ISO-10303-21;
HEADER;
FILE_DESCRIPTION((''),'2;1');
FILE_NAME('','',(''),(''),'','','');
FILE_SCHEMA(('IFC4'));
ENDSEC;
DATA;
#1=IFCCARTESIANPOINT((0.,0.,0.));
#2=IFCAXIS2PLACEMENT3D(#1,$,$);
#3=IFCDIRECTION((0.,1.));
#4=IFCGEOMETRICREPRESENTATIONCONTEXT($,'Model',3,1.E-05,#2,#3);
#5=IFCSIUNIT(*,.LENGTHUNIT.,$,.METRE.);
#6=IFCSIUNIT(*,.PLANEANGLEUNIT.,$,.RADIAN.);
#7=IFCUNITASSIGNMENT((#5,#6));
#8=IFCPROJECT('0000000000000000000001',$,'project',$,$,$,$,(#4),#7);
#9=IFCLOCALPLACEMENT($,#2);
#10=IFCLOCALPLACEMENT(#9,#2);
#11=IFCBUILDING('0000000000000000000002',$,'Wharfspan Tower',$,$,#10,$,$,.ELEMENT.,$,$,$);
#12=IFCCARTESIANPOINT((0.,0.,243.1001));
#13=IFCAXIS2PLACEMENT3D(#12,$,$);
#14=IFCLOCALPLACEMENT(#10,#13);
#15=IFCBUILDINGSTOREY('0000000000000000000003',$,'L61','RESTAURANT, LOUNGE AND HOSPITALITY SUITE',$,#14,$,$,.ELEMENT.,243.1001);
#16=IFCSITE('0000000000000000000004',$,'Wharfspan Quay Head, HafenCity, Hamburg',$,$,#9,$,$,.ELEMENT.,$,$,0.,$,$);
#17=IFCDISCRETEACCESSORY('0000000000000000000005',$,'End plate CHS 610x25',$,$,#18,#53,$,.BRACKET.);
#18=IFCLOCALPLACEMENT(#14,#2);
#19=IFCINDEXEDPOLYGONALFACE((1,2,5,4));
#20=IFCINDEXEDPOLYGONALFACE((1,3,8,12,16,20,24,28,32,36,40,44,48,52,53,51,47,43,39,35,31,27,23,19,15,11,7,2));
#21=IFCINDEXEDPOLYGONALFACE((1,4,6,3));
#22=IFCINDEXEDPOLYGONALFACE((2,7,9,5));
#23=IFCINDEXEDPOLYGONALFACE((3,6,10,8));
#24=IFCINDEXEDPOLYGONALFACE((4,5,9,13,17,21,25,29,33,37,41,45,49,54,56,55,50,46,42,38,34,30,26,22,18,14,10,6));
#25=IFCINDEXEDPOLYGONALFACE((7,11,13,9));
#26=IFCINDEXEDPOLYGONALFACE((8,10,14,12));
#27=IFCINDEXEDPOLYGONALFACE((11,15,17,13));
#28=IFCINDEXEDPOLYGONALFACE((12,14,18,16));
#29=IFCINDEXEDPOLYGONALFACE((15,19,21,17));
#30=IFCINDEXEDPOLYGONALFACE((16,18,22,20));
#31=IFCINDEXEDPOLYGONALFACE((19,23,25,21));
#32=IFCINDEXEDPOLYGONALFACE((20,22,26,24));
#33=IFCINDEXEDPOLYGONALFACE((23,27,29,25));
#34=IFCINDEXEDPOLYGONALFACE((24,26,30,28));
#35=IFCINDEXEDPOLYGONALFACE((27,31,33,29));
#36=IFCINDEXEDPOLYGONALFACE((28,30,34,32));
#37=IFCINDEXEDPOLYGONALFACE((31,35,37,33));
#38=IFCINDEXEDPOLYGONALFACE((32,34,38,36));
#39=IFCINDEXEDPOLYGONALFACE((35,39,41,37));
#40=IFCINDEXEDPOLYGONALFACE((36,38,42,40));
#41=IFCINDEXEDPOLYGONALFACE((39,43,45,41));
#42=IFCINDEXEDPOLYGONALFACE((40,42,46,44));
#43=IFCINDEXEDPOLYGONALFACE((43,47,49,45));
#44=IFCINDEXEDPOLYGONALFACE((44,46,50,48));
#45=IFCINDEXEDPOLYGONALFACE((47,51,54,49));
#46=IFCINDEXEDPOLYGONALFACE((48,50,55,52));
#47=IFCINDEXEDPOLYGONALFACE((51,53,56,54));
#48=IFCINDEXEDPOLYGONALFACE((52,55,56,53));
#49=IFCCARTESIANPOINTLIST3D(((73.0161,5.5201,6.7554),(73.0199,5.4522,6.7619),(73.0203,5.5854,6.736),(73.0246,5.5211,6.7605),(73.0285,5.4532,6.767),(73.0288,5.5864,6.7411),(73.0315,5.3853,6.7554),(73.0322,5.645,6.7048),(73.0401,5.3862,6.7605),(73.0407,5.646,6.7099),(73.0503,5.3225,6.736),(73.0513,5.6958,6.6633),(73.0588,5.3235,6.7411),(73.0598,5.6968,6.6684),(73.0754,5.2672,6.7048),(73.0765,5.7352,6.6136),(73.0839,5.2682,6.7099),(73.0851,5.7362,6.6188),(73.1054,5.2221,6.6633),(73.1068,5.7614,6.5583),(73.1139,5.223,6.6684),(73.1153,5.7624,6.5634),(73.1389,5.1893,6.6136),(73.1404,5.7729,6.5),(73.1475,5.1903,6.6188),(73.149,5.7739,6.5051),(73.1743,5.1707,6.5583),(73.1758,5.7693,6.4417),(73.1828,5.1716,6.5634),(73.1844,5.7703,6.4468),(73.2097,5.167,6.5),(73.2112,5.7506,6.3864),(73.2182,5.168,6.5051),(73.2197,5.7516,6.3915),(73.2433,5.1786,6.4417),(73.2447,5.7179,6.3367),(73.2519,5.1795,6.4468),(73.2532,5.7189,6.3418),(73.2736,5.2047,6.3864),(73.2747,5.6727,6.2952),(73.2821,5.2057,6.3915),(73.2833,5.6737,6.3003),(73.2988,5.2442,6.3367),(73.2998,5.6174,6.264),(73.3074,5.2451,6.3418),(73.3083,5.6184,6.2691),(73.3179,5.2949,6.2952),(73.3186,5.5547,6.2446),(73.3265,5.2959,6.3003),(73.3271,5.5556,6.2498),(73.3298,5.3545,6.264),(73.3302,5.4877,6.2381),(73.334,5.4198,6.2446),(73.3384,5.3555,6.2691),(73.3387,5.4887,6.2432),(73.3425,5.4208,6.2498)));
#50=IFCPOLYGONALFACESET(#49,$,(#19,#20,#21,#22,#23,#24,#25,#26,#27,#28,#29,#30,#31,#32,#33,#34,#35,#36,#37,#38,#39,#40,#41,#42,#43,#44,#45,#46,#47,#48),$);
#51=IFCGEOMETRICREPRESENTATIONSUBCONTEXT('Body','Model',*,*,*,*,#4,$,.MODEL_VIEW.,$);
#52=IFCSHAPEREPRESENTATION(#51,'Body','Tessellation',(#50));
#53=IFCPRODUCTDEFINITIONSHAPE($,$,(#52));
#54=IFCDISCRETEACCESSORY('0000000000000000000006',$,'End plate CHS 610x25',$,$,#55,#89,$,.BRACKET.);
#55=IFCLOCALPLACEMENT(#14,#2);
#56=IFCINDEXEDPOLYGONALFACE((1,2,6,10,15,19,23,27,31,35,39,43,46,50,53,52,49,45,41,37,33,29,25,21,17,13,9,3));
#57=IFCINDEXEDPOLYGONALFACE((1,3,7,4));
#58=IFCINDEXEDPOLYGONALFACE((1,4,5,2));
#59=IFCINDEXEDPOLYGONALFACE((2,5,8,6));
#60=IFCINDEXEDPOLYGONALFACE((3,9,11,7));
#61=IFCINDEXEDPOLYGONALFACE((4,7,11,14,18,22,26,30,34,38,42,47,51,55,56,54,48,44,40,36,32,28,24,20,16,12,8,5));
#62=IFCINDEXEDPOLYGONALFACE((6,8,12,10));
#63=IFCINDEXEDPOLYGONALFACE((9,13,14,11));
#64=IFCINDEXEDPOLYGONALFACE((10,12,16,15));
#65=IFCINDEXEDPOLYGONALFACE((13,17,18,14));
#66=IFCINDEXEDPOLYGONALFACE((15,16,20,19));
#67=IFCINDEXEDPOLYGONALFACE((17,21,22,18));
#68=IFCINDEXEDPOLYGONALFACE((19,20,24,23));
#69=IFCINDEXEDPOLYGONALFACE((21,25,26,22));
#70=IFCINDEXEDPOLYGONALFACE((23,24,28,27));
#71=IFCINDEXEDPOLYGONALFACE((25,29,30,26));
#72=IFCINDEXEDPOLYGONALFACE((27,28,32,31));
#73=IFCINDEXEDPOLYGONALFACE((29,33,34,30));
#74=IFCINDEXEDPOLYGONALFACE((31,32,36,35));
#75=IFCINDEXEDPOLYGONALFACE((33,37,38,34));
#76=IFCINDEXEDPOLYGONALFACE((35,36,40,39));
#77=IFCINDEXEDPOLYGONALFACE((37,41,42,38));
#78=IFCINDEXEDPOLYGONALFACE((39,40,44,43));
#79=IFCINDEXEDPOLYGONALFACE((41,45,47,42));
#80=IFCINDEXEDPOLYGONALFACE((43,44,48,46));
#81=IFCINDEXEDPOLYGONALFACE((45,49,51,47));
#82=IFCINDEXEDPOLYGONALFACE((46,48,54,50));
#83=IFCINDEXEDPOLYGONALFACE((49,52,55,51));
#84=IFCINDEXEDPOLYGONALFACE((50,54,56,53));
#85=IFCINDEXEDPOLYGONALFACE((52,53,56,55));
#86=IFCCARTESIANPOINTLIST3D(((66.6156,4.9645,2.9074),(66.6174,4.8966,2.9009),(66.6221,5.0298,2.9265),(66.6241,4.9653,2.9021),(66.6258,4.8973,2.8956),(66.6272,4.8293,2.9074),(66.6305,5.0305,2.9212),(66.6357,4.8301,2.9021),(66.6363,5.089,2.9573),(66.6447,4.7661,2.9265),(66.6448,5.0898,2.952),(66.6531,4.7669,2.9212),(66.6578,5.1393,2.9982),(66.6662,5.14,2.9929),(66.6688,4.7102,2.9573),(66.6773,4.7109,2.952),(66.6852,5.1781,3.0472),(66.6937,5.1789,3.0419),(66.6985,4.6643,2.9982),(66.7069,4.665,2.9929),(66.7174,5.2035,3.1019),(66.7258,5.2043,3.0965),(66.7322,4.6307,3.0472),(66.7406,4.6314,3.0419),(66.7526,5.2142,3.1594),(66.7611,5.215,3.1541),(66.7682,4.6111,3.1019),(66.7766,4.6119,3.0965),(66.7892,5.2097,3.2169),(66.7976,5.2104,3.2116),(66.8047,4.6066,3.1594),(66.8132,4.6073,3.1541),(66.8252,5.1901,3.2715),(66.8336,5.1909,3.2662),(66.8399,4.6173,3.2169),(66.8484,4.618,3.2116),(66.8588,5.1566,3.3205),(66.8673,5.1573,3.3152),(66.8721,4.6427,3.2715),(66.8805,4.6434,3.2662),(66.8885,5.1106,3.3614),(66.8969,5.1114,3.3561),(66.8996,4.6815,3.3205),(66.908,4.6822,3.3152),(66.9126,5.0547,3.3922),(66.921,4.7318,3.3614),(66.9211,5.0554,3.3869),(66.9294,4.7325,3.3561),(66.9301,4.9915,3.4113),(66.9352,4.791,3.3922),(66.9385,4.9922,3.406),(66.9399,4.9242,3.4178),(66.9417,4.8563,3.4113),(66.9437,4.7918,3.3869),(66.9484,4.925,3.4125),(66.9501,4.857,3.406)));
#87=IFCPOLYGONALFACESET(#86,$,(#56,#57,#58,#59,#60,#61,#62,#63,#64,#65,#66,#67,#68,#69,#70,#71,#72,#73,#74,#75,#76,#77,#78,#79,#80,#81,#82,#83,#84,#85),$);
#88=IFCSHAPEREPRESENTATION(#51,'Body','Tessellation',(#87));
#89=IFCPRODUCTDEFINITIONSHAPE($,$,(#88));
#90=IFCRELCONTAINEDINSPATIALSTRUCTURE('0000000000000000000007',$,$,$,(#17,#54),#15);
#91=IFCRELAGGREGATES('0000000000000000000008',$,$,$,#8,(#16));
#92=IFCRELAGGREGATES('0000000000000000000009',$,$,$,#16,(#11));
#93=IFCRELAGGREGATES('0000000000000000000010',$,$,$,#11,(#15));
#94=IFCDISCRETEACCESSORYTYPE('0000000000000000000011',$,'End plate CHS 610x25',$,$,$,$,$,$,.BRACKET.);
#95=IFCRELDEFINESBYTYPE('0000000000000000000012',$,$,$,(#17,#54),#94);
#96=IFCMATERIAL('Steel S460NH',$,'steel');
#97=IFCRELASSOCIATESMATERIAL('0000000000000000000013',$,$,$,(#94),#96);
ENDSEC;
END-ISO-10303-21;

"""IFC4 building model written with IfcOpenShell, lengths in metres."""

from ifc_helpers import new_model, si_unit, direction, frame, origin, origin_2d, place, context, subcontext, project, spatial, circle, extrude, material, material_profile, profile_set, type_object, element, save


model = new_model("IFC4")

# Units and contexts
model_context = context("Model", 3, precision=1e-05, world=origin(), true_north=direction((0.0, 1.0)))
body_context = subcontext(model_context, "Body", "Model", "MODEL_VIEW")
ifc_project = project(units=[si_unit("LENGTHUNIT", "METRE"), si_unit("PLANEANGLEUNIT", "RADIAN")], contexts=[model_context])

# Site, building, storey
site_placement = place(None, origin())
site = spatial("IfcSite", under=ifc_project, at=site_placement, Name="Wharfspan Quay Head, HafenCity, Hamburg", CompositionType="ELEMENT", RefElevation=0.0)
building_placement = place(site_placement, origin())
building = spatial("IfcBuilding", under=site, at=building_placement, Name="Wharfspan Tower", CompositionType="ELEMENT")
storey_placement = place(building_placement, frame((0.0, 0.0, 243.1001)))
storey = spatial("IfcBuildingStorey", under=building, at=storey_placement, Name="L61", Description="RESTAURANT, LOUNGE AND HOSPITALITY SUITE", CompositionType="ELEMENT", Elevation=243.1001)

# Shared definitions
ifc_material_1 = material(Name="Steel S460NH", Category="steel")

# Discrete accessories
ifc_material_profile_1 = material_profile(ifc_material_1, circle(Radius=0.3049, at=origin_2d()))
ifc_profile_set_1 = profile_set([ifc_material_profile_1], Name="Steel S460NH")
discrete_accessory_type = type_object("IfcDiscreteAccessoryType", Name="End plate CHS 610x25", PredefinedType="BRACKET", material=ifc_profile_set_1)
for number, where, z_axis, x_axis, name in (
    (1, (73.175, 5.47, 6.5), (0.853405, 0.097532, 0.512043), (-0.113547, 0.993531, 0.000001), "End plate CHS 610x25"),
    (2, (66.7871, 4.9111, 3.1541), (-0.844416, -0.072379, 0.530776), (0.085402, -0.99635, 0.0), "End plate CHS 610x25"),
):
    element("IfcDiscreteAccessory", number, at=place(storey_placement, frame(where, z_axis=z_axis, x_axis=x_axis)), inside=storey, type_object=discrete_accessory_type, Name=name, PredefinedType="BRACKET", context=body_context, shape_type="SweptSolid", body=[
        extrude(circle(Radius=0.3049, at=origin_2d()), origin(), (0.0, 0.0, 1.0), 0.01),
    ])

save(model, "model.ifc")
